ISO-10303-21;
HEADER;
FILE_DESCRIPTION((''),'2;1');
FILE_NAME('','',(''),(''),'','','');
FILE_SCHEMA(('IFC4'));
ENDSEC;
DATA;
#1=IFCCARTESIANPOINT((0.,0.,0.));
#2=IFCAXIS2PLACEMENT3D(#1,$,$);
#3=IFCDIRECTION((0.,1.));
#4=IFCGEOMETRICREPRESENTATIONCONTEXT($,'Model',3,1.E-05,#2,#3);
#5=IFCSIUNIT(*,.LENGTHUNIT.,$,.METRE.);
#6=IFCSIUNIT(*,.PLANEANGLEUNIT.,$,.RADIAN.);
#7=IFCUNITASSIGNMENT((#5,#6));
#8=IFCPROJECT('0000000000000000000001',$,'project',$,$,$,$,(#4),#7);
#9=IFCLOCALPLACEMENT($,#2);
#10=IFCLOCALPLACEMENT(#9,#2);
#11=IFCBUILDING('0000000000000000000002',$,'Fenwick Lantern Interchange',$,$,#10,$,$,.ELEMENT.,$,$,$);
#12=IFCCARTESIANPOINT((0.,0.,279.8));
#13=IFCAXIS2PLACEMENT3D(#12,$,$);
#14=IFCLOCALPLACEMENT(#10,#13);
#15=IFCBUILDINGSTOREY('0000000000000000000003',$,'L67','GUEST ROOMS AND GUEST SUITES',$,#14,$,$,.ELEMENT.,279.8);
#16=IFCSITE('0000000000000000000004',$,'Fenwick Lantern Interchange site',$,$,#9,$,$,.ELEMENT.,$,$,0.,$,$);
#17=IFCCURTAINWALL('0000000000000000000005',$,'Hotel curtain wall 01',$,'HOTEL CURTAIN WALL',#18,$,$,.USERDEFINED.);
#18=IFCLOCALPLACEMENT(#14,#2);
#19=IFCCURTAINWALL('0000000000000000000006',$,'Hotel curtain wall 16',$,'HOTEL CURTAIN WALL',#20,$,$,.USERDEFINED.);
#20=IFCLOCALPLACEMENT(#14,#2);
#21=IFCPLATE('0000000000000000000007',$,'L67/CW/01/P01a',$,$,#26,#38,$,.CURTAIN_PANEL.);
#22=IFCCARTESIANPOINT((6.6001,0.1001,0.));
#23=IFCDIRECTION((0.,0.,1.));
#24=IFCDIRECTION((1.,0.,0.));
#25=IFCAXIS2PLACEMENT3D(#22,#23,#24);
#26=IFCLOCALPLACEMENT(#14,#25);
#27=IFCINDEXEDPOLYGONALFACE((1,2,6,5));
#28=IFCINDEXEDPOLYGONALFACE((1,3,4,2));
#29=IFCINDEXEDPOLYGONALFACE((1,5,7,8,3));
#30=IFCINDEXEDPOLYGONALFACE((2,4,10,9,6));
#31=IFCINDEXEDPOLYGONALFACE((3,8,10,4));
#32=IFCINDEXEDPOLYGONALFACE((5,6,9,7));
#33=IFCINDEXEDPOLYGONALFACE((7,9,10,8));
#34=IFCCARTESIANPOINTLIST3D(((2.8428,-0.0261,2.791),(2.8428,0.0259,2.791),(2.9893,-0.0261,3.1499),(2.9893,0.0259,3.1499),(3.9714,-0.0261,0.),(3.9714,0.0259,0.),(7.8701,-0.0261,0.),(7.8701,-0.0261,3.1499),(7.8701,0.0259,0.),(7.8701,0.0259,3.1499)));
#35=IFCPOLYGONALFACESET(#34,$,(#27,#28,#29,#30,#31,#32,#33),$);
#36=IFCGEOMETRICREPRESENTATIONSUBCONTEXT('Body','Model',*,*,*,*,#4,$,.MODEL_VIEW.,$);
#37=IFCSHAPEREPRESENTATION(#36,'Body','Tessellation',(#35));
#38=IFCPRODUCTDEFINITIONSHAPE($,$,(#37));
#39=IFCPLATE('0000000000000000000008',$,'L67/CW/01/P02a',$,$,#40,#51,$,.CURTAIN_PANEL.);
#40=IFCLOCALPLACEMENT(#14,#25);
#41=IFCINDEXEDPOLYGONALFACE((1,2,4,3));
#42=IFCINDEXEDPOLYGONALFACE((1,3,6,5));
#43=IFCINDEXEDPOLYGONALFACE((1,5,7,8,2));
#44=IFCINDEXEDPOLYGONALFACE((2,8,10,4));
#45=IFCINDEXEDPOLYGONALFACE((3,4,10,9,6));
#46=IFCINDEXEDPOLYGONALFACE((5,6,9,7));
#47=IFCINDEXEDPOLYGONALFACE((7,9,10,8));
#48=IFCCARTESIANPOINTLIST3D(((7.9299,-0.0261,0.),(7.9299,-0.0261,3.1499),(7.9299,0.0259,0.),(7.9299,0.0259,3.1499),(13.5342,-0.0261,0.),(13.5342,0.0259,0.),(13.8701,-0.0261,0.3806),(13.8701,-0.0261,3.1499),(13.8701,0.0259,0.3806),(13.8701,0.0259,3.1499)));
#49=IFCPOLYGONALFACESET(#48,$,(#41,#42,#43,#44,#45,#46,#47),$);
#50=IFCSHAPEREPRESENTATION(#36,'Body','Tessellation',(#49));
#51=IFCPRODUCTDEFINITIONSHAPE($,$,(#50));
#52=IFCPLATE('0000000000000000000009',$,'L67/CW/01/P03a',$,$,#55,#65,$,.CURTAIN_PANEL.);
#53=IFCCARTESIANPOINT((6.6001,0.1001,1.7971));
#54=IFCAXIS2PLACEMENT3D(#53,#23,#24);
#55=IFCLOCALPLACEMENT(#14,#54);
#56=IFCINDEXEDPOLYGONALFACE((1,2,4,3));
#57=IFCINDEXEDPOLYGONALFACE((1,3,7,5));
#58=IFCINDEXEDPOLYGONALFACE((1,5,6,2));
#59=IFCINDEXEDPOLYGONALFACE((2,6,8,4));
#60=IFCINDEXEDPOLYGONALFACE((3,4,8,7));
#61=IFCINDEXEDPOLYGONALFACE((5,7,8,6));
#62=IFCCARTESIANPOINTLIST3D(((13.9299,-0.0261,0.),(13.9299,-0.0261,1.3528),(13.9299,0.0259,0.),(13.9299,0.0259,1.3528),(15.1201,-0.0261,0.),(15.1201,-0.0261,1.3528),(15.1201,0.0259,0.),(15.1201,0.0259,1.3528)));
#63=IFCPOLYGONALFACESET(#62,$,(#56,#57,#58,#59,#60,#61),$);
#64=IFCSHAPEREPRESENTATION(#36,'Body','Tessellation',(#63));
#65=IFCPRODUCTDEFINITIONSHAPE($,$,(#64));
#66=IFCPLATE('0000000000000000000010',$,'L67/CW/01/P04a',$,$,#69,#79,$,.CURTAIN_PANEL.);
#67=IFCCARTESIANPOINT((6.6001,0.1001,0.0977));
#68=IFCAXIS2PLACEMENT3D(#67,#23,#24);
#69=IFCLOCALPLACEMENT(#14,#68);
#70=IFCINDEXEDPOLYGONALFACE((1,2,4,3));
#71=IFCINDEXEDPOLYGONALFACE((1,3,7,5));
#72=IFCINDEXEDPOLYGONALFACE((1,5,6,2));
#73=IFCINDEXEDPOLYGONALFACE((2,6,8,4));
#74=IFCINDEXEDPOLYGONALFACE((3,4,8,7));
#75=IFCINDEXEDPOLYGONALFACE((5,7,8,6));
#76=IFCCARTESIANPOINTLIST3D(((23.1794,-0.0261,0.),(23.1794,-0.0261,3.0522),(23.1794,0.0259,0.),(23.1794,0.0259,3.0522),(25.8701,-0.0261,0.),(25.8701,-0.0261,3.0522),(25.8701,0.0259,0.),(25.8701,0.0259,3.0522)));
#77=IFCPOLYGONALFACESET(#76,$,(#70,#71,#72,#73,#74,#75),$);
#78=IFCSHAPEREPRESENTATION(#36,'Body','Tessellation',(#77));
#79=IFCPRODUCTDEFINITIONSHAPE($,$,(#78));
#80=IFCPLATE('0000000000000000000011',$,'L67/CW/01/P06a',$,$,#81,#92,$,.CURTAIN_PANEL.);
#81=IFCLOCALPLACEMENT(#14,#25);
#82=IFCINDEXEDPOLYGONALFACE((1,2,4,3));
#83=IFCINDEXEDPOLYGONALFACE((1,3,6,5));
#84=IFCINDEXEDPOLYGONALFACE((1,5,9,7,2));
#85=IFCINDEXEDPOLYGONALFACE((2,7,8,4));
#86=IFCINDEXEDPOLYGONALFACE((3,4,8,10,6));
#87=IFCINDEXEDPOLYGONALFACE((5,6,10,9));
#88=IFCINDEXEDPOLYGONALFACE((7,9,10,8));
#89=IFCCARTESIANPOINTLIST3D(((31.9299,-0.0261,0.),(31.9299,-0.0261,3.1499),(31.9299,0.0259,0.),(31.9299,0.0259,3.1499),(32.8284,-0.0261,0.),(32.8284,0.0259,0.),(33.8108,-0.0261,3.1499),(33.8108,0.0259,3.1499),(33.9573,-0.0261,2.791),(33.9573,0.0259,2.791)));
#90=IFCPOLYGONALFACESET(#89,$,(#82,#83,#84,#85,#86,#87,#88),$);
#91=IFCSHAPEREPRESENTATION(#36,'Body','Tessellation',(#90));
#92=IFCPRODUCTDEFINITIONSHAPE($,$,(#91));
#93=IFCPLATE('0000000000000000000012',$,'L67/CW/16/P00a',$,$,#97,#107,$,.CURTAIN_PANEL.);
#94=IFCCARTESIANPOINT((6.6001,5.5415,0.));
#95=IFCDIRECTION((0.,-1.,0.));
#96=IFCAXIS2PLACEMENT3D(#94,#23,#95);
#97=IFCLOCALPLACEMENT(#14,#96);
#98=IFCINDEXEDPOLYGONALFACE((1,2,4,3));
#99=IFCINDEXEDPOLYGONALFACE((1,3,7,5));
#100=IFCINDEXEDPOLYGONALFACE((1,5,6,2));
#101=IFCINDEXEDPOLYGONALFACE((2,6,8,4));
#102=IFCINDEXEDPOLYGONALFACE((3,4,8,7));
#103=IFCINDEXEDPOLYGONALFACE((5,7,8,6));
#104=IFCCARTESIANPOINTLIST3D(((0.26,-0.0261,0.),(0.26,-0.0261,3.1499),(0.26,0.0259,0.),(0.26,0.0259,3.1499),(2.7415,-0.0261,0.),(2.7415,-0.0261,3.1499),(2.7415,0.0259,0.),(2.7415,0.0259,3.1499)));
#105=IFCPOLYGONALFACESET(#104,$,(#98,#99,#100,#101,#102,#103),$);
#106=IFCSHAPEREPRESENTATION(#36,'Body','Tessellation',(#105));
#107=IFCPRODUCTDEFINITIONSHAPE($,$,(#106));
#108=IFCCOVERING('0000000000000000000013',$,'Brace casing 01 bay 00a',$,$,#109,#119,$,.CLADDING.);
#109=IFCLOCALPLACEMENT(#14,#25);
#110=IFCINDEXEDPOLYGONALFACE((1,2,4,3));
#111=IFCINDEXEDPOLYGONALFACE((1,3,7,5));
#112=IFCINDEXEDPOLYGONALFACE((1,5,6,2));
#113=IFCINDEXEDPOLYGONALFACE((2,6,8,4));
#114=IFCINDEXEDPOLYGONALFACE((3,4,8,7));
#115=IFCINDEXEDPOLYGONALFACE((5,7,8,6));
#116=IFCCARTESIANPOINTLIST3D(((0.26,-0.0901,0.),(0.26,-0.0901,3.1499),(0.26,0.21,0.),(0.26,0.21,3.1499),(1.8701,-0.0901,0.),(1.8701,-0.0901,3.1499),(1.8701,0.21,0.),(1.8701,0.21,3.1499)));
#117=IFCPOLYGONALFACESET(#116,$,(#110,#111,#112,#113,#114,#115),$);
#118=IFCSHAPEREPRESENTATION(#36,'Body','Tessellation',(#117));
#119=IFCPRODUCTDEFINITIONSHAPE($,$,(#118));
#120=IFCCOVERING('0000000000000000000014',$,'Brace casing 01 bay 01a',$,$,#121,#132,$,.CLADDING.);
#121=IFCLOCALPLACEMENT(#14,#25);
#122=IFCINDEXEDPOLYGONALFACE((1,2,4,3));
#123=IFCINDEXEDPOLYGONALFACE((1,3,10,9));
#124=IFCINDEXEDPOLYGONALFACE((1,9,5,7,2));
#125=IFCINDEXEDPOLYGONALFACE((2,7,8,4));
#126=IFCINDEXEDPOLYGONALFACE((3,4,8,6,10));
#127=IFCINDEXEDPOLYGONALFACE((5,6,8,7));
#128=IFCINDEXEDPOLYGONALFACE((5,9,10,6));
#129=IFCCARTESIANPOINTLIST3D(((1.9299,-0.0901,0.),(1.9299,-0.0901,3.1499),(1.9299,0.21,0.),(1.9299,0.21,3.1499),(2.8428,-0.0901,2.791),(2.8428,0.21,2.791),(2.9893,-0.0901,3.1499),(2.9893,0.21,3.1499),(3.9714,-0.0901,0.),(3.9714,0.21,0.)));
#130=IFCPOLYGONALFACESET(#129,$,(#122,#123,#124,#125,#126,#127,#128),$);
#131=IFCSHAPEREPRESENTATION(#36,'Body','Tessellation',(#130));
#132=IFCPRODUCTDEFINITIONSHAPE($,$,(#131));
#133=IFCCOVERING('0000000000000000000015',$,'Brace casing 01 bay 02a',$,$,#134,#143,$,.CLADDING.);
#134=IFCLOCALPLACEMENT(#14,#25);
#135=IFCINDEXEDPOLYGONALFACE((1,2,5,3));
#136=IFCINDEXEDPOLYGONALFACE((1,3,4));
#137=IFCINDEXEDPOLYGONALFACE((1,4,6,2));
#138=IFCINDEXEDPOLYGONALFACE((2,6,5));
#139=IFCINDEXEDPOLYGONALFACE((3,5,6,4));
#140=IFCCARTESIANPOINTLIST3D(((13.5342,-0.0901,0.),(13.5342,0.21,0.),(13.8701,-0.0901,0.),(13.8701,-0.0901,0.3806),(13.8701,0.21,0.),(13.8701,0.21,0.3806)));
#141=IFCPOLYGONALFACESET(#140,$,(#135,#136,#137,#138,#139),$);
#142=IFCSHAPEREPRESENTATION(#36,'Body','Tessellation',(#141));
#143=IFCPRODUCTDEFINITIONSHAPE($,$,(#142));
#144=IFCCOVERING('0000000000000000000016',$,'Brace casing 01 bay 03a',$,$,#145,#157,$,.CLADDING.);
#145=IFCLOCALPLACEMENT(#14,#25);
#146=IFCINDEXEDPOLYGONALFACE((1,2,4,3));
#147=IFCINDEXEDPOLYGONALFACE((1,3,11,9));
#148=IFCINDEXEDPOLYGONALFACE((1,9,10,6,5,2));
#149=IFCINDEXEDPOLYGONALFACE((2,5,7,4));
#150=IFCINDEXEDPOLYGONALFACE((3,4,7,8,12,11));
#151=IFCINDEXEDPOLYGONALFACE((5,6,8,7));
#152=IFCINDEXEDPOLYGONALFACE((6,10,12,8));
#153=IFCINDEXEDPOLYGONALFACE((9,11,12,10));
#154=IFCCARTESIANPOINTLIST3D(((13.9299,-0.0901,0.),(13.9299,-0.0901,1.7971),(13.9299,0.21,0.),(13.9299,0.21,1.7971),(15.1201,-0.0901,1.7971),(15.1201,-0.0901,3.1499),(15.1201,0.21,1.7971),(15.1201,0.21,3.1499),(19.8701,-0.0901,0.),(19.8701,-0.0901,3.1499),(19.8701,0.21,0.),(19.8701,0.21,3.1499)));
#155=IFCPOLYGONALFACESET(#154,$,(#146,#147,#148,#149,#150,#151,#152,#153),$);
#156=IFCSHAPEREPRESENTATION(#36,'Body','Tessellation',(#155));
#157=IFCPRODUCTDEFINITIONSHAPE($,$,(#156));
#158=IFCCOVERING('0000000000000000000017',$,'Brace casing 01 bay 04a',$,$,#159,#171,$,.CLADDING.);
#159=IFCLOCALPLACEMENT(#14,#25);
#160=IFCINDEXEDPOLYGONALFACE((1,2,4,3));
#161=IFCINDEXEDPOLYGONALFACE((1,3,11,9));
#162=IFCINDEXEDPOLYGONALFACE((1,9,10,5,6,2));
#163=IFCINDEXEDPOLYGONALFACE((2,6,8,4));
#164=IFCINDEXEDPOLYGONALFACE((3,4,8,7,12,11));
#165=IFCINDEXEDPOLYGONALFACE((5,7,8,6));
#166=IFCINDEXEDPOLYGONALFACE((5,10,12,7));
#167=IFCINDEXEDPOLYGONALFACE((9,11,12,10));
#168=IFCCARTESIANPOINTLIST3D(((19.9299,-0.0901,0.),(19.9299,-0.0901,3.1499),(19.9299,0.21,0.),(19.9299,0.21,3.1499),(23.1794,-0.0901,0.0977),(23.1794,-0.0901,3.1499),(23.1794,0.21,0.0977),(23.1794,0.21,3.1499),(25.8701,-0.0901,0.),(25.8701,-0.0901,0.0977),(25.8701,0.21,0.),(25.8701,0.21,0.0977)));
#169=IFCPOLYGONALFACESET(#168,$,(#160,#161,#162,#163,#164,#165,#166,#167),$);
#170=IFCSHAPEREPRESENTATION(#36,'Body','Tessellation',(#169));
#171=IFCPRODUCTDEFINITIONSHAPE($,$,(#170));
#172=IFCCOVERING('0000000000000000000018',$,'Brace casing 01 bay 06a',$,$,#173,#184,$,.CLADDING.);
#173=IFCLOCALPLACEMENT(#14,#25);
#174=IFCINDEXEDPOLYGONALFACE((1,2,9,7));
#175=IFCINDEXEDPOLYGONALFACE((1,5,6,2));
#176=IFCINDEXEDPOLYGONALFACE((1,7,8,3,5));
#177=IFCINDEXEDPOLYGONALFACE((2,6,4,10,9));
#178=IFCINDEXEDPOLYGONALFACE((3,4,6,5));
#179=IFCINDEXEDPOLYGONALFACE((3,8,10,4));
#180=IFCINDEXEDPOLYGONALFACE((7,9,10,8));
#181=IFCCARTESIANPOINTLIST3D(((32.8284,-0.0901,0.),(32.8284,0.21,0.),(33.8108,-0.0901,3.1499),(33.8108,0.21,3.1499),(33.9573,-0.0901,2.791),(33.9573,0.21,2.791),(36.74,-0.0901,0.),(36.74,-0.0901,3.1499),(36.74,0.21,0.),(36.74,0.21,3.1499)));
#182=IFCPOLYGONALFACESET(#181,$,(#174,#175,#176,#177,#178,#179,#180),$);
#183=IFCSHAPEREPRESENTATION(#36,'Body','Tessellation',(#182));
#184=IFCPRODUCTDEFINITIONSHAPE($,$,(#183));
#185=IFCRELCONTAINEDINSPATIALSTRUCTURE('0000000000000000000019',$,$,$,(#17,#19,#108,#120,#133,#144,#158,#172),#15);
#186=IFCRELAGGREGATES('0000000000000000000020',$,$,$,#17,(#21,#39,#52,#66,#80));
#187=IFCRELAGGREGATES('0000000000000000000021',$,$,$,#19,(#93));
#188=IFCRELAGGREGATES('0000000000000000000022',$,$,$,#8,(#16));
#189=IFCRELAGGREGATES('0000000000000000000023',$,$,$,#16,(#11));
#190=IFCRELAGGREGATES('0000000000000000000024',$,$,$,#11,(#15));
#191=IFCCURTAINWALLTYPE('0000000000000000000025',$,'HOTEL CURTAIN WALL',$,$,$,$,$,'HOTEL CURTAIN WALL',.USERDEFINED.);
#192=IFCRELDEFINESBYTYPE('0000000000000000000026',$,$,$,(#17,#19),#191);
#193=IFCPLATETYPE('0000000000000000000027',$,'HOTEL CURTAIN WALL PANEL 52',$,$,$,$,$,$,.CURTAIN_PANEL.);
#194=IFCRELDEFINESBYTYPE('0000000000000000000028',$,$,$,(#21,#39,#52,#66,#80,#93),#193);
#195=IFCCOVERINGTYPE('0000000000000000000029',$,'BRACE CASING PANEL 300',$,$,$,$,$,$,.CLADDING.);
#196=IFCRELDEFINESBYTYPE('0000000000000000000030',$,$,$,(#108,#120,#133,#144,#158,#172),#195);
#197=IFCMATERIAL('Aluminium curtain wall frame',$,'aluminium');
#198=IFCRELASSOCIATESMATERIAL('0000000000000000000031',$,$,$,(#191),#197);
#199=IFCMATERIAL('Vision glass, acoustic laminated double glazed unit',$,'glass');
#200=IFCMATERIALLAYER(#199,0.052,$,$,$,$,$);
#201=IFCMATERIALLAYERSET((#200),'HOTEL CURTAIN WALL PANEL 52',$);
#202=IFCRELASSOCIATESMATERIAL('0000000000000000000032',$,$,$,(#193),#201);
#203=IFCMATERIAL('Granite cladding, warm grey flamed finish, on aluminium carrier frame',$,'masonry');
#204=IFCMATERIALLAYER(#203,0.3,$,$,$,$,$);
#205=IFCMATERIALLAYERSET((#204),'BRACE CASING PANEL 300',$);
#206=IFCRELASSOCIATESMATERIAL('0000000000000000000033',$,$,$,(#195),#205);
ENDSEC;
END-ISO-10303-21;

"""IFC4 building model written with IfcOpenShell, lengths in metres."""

from ifc_helpers import new_model, si_unit, direction, frame, origin, place, context, subcontext, project, spatial, polyline, outline, extrude, material, layer, layer_set, type_object, element, aggregate, save


model = new_model("IFC4")

# Units and contexts
model_context = context("Model", 3, precision=1e-05, world=origin(), true_north=direction((0.0, 1.0)))
body_context = subcontext(model_context, "Body", "Model", "MODEL_VIEW")
ifc_project = project(units=[si_unit("LENGTHUNIT", "METRE"), si_unit("PLANEANGLEUNIT", "RADIAN")], contexts=[model_context])

# Site, building, storey
site_placement = place(None, origin())
site = spatial("IfcSite", under=ifc_project, at=site_placement, Name="Fenwick Lantern Interchange site", CompositionType="ELEMENT", RefElevation=0.0)
building_placement = place(site_placement, origin())
building = spatial("IfcBuilding", under=site, at=building_placement, Name="Fenwick Lantern Interchange", CompositionType="ELEMENT")
storey_placement = place(building_placement, frame((0.0, 0.0, 279.8)))
storey = spatial("IfcBuildingStorey", under=building, at=storey_placement, Name="L67", Description="GUEST ROOMS AND GUEST SUITES", CompositionType="ELEMENT", Elevation=279.8)

# Curtain walls
ifc_material_1 = material(Name="Aluminium curtain wall frame", Category="aluminium")
curtain_wall_type = type_object("IfcCurtainWallType", Name="HOTEL CURTAIN WALL", ElementType="HOTEL CURTAIN WALL", PredefinedType="USERDEFINED", material=ifc_material_1)
curtain_wall_1_placement = place(storey_placement, origin())
curtain_wall_1 = element("IfcCurtainWall", 1, at=curtain_wall_1_placement, inside=storey, type_object=curtain_wall_type, Name="Hotel curtain wall 01", ObjectType="HOTEL CURTAIN WALL", PredefinedType="USERDEFINED")
curtain_wall_2_placement = place(storey_placement, origin())
curtain_wall_2 = element("IfcCurtainWall", 2, at=curtain_wall_2_placement, inside=storey, type_object=curtain_wall_type, Name="Hotel curtain wall 16", ObjectType="HOTEL CURTAIN WALL", PredefinedType="USERDEFINED")

# Plates
ifc_material_2 = material(Name="Vision glass, acoustic laminated double glazed unit", Category="glass")
ifc_layer_1 = layer(ifc_material_2, 0.052)
ifc_layer_set_1 = layer_set([ifc_layer_1], Name="HOTEL CURTAIN WALL PANEL 52")
plate_type = type_object("IfcPlateType", Name="HOTEL CURTAIN WALL PANEL 52", PredefinedType="CURTAIN_PANEL", material=ifc_layer_set_1)
plate_1_placement = place(storey_placement, frame((6.6001, 0.1001, 0.0), z_axis=(0.0, 0.0, 1.0), x_axis=(1.0, 0.0, 0.0)))
plate_1 = element("IfcPlate", 3, at=plate_1_placement, type_object=plate_type, Name="L67/CW/01/P01a", PredefinedType="CURTAIN_PANEL", context=body_context, shape_type="SweptSolid", body=[
    extrude(outline(polyline([(3.9714, 0.0), (7.8701, 0.0), (7.8701, 3.1499), (2.9893, 3.1499), (2.8428, 2.791), (3.9714, 0.0)])), frame((0.0, 0.0259, 0.0), z_axis=(0.0, -1.0, 0.0), x_axis=(1.0, 0.0, 0.0)), (0.0, 0.0, 1.0), 0.052),
])
plate_2_placement = place(storey_placement, frame((6.6001, 0.1001, 0.0), z_axis=(0.0, 0.0, 1.0), x_axis=(1.0, 0.0, 0.0)))
plate_2 = element("IfcPlate", 4, at=plate_2_placement, type_object=plate_type, Name="L67/CW/01/P02a", PredefinedType="CURTAIN_PANEL", context=body_context, shape_type="SweptSolid", body=[
    extrude(outline(polyline([(7.9299, 0.0), (13.5342, 0.0), (13.8701, 0.3806), (13.8701, 3.1499), (7.9299, 3.1499), (7.9299, 0.0)])), frame((0.0, 0.0259, 0.0), z_axis=(0.0, -1.0, 0.0), x_axis=(1.0, 0.0, 0.0)), (0.0, 0.0, 1.0), 0.052),
])
plate_3_placement = place(storey_placement, frame((6.6001, 0.1001, 1.7971), z_axis=(0.0, 0.0, 1.0), x_axis=(1.0, 0.0, 0.0)))
plate_3 = element("IfcPlate", 5, at=plate_3_placement, type_object=plate_type, Name="L67/CW/01/P03a", PredefinedType="CURTAIN_PANEL", context=body_context, shape_type="SweptSolid", body=[
    extrude(outline(polyline([(13.9299, 0.0), (15.1201, 0.0), (15.1201, 1.3528), (13.9299, 1.3528), (13.9299, 0.0)])), frame((0.0, 0.0259, 0.0), z_axis=(0.0, -1.0, 0.0), x_axis=(1.0, 0.0, 0.0)), (0.0, 0.0, 1.0), 0.052),
])
plate_4_placement = place(storey_placement, frame((6.6001, 0.1001, 0.0977), z_axis=(0.0, 0.0, 1.0), x_axis=(1.0, 0.0, 0.0)))
plate_4 = element("IfcPlate", 6, at=plate_4_placement, type_object=plate_type, Name="L67/CW/01/P04a", PredefinedType="CURTAIN_PANEL", context=body_context, shape_type="SweptSolid", body=[
    extrude(outline(polyline([(23.1794, 0.0), (25.8701, 0.0), (25.8701, 3.0522), (23.1794, 3.0522), (23.1794, 0.0)])), frame((0.0, 0.0259, 0.0), z_axis=(0.0, -1.0, 0.0), x_axis=(1.0, 0.0, 0.0)), (0.0, 0.0, 1.0), 0.052),
])
plate_5_placement = place(storey_placement, frame((6.6001, 0.1001, 0.0), z_axis=(0.0, 0.0, 1.0), x_axis=(1.0, 0.0, 0.0)))
plate_5 = element("IfcPlate", 7, at=plate_5_placement, type_object=plate_type, Name="L67/CW/01/P06a", PredefinedType="CURTAIN_PANEL", context=body_context, shape_type="SweptSolid", body=[
    extrude(outline(polyline([(31.9299, 0.0), (32.8284, 0.0), (33.9573, 2.791), (33.8108, 3.1499), (31.9299, 3.1499), (31.9299, 0.0)])), frame((0.0, 0.0259, 0.0), z_axis=(0.0, -1.0, 0.0), x_axis=(1.0, 0.0, 0.0)), (0.0, 0.0, 1.0), 0.052),
])
aggregate(curtain_wall_1, [plate_1, plate_2, plate_3, plate_4, plate_5])
plate_6_placement = place(storey_placement, frame((6.6001, 5.5415, 0.0), z_axis=(0.0, 0.0, 1.0), x_axis=(0.0, -1.0, 0.0)))
plate_6 = element("IfcPlate", 8, at=plate_6_placement, type_object=plate_type, Name="L67/CW/16/P00a", PredefinedType="CURTAIN_PANEL", context=body_context, shape_type="SweptSolid", body=[
    extrude(outline(polyline([(0.26, 0.0), (2.7415, 0.0), (2.7415, 3.1499), (0.26, 3.1499), (0.26, 0.0)])), frame((0.0, 0.0259, 0.0), z_axis=(0.0, -1.0, 0.0), x_axis=(1.0, 0.0, 0.0)), (0.0, 0.0, 1.0), 0.052),
])
aggregate(curtain_wall_2, [plate_6])

# Coverings
ifc_material_3 = material(Name="Granite cladding, warm grey flamed finish, on aluminium carrier frame", Category="masonry")
ifc_layer_2 = layer(ifc_material_3, 0.3)
ifc_layer_set_2 = layer_set([ifc_layer_2], Name="BRACE CASING PANEL 300")
covering_type_1 = type_object("IfcCoveringType", Name="BRACE CASING PANEL 300", PredefinedType="CLADDING", material=ifc_layer_set_2)
covering_1_placement = place(storey_placement, frame((6.6001, 0.1001, 0.0), z_axis=(0.0, 0.0, 1.0), x_axis=(1.0, 0.0, 0.0)))
element("IfcCovering", 9, at=covering_1_placement, inside=storey, type_object=covering_type_1, Name="Brace casing 01 bay 00a", PredefinedType="CLADDING", context=body_context, shape_type="SweptSolid", body=[
    extrude(outline(polyline([(0.26, 0.0), (1.8701, 0.0), (1.8701, 3.1499), (0.26, 3.1499), (0.26, 0.0)])), frame((0.0, 0.21, 0.0), z_axis=(0.0, -1.0, 0.0), x_axis=(1.0, 0.0, 0.0)), (0.0, 0.0, 1.0), 0.3),
])
covering_2_placement = place(storey_placement, frame((6.6001, 0.1001, 0.0), z_axis=(0.0, 0.0, 1.0), x_axis=(1.0, 0.0, 0.0)))
element("IfcCovering", 10, at=covering_2_placement, inside=storey, type_object=covering_type_1, Name="Brace casing 01 bay 01a", PredefinedType="CLADDING", context=body_context, shape_type="SweptSolid", body=[
    extrude(outline(polyline([(1.9299, 0.0), (3.9714, 0.0), (2.8428, 2.791), (2.9893, 3.1499), (1.9299, 3.1499), (1.9299, 0.0)])), frame((0.0, 0.21, 0.0), z_axis=(0.0, -1.0, 0.0), x_axis=(1.0, 0.0, 0.0)), (0.0, 0.0, 1.0), 0.3),
])
covering_3_placement = place(storey_placement, frame((6.6001, 0.1001, 0.0), z_axis=(0.0, 0.0, 1.0), x_axis=(1.0, 0.0, 0.0)))
element("IfcCovering", 11, at=covering_3_placement, inside=storey, type_object=covering_type_1, Name="Brace casing 01 bay 02a", PredefinedType="CLADDING", context=body_context, shape_type="SweptSolid", body=[
    extrude(outline(polyline([(13.5342, 0.0), (13.8701, 0.0), (13.8701, 0.3806), (13.5342, 0.0)])), frame((0.0, 0.21, 0.0), z_axis=(0.0, -1.0, 0.0), x_axis=(1.0, 0.0, 0.0)), (0.0, 0.0, 1.0), 0.3),
])
covering_4_placement = place(storey_placement, frame((6.6001, 0.1001, 0.0), z_axis=(0.0, 0.0, 1.0), x_axis=(1.0, 0.0, 0.0)))
element("IfcCovering", 12, at=covering_4_placement, inside=storey, type_object=covering_type_1, Name="Brace casing 01 bay 03a", PredefinedType="CLADDING", context=body_context, shape_type="SweptSolid", body=[
    extrude(outline(polyline([(13.9299, 0.0), (19.8701, 0.0), (19.8701, 3.1499), (15.1201, 3.1499), (15.1201, 1.7971), (13.9299, 1.7971), (13.9299, 0.0)])), frame((0.0, 0.21, 0.0), z_axis=(0.0, -1.0, 0.0), x_axis=(1.0, 0.0, 0.0)), (0.0, 0.0, 1.0), 0.3),
])
covering_5_placement = place(storey_placement, frame((6.6001, 0.1001, 0.0), z_axis=(0.0, 0.0, 1.0), x_axis=(1.0, 0.0, 0.0)))
element("IfcCovering", 13, at=covering_5_placement, inside=storey, type_object=covering_type_1, Name="Brace casing 01 bay 04a", PredefinedType="CLADDING", context=body_context, shape_type="SweptSolid", body=[
    extrude(outline(polyline([(19.9299, 0.0), (25.8701, 0.0), (25.8701, 0.0977), (23.1794, 0.0977), (23.1794, 3.1499), (19.9299, 3.1499), (19.9299, 0.0)])), frame((0.0, 0.21, 0.0), z_axis=(0.0, -1.0, 0.0), x_axis=(1.0, 0.0, 0.0)), (0.0, 0.0, 1.0), 0.3),
])
covering_6_placement = place(storey_placement, frame((6.6001, 0.1001, 0.0), z_axis=(0.0, 0.0, 1.0), x_axis=(1.0, 0.0, 0.0)))
element("IfcCovering", 14, at=covering_6_placement, inside=storey, type_object=covering_type_1, Name="Brace casing 01 bay 06a", PredefinedType="CLADDING", context=body_context, shape_type="SweptSolid", body=[
    extrude(outline(polyline([(32.8284, 0.0), (36.74, 0.0), (36.74, 3.1499), (33.8108, 3.1499), (33.9573, 2.791), (32.8284, 0.0)])), frame((0.0, 0.21, 0.0), z_axis=(0.0, -1.0, 0.0), x_axis=(1.0, 0.0, 0.0)), (0.0, 0.0, 1.0), 0.3),
])

save(model, "model.ifc")
